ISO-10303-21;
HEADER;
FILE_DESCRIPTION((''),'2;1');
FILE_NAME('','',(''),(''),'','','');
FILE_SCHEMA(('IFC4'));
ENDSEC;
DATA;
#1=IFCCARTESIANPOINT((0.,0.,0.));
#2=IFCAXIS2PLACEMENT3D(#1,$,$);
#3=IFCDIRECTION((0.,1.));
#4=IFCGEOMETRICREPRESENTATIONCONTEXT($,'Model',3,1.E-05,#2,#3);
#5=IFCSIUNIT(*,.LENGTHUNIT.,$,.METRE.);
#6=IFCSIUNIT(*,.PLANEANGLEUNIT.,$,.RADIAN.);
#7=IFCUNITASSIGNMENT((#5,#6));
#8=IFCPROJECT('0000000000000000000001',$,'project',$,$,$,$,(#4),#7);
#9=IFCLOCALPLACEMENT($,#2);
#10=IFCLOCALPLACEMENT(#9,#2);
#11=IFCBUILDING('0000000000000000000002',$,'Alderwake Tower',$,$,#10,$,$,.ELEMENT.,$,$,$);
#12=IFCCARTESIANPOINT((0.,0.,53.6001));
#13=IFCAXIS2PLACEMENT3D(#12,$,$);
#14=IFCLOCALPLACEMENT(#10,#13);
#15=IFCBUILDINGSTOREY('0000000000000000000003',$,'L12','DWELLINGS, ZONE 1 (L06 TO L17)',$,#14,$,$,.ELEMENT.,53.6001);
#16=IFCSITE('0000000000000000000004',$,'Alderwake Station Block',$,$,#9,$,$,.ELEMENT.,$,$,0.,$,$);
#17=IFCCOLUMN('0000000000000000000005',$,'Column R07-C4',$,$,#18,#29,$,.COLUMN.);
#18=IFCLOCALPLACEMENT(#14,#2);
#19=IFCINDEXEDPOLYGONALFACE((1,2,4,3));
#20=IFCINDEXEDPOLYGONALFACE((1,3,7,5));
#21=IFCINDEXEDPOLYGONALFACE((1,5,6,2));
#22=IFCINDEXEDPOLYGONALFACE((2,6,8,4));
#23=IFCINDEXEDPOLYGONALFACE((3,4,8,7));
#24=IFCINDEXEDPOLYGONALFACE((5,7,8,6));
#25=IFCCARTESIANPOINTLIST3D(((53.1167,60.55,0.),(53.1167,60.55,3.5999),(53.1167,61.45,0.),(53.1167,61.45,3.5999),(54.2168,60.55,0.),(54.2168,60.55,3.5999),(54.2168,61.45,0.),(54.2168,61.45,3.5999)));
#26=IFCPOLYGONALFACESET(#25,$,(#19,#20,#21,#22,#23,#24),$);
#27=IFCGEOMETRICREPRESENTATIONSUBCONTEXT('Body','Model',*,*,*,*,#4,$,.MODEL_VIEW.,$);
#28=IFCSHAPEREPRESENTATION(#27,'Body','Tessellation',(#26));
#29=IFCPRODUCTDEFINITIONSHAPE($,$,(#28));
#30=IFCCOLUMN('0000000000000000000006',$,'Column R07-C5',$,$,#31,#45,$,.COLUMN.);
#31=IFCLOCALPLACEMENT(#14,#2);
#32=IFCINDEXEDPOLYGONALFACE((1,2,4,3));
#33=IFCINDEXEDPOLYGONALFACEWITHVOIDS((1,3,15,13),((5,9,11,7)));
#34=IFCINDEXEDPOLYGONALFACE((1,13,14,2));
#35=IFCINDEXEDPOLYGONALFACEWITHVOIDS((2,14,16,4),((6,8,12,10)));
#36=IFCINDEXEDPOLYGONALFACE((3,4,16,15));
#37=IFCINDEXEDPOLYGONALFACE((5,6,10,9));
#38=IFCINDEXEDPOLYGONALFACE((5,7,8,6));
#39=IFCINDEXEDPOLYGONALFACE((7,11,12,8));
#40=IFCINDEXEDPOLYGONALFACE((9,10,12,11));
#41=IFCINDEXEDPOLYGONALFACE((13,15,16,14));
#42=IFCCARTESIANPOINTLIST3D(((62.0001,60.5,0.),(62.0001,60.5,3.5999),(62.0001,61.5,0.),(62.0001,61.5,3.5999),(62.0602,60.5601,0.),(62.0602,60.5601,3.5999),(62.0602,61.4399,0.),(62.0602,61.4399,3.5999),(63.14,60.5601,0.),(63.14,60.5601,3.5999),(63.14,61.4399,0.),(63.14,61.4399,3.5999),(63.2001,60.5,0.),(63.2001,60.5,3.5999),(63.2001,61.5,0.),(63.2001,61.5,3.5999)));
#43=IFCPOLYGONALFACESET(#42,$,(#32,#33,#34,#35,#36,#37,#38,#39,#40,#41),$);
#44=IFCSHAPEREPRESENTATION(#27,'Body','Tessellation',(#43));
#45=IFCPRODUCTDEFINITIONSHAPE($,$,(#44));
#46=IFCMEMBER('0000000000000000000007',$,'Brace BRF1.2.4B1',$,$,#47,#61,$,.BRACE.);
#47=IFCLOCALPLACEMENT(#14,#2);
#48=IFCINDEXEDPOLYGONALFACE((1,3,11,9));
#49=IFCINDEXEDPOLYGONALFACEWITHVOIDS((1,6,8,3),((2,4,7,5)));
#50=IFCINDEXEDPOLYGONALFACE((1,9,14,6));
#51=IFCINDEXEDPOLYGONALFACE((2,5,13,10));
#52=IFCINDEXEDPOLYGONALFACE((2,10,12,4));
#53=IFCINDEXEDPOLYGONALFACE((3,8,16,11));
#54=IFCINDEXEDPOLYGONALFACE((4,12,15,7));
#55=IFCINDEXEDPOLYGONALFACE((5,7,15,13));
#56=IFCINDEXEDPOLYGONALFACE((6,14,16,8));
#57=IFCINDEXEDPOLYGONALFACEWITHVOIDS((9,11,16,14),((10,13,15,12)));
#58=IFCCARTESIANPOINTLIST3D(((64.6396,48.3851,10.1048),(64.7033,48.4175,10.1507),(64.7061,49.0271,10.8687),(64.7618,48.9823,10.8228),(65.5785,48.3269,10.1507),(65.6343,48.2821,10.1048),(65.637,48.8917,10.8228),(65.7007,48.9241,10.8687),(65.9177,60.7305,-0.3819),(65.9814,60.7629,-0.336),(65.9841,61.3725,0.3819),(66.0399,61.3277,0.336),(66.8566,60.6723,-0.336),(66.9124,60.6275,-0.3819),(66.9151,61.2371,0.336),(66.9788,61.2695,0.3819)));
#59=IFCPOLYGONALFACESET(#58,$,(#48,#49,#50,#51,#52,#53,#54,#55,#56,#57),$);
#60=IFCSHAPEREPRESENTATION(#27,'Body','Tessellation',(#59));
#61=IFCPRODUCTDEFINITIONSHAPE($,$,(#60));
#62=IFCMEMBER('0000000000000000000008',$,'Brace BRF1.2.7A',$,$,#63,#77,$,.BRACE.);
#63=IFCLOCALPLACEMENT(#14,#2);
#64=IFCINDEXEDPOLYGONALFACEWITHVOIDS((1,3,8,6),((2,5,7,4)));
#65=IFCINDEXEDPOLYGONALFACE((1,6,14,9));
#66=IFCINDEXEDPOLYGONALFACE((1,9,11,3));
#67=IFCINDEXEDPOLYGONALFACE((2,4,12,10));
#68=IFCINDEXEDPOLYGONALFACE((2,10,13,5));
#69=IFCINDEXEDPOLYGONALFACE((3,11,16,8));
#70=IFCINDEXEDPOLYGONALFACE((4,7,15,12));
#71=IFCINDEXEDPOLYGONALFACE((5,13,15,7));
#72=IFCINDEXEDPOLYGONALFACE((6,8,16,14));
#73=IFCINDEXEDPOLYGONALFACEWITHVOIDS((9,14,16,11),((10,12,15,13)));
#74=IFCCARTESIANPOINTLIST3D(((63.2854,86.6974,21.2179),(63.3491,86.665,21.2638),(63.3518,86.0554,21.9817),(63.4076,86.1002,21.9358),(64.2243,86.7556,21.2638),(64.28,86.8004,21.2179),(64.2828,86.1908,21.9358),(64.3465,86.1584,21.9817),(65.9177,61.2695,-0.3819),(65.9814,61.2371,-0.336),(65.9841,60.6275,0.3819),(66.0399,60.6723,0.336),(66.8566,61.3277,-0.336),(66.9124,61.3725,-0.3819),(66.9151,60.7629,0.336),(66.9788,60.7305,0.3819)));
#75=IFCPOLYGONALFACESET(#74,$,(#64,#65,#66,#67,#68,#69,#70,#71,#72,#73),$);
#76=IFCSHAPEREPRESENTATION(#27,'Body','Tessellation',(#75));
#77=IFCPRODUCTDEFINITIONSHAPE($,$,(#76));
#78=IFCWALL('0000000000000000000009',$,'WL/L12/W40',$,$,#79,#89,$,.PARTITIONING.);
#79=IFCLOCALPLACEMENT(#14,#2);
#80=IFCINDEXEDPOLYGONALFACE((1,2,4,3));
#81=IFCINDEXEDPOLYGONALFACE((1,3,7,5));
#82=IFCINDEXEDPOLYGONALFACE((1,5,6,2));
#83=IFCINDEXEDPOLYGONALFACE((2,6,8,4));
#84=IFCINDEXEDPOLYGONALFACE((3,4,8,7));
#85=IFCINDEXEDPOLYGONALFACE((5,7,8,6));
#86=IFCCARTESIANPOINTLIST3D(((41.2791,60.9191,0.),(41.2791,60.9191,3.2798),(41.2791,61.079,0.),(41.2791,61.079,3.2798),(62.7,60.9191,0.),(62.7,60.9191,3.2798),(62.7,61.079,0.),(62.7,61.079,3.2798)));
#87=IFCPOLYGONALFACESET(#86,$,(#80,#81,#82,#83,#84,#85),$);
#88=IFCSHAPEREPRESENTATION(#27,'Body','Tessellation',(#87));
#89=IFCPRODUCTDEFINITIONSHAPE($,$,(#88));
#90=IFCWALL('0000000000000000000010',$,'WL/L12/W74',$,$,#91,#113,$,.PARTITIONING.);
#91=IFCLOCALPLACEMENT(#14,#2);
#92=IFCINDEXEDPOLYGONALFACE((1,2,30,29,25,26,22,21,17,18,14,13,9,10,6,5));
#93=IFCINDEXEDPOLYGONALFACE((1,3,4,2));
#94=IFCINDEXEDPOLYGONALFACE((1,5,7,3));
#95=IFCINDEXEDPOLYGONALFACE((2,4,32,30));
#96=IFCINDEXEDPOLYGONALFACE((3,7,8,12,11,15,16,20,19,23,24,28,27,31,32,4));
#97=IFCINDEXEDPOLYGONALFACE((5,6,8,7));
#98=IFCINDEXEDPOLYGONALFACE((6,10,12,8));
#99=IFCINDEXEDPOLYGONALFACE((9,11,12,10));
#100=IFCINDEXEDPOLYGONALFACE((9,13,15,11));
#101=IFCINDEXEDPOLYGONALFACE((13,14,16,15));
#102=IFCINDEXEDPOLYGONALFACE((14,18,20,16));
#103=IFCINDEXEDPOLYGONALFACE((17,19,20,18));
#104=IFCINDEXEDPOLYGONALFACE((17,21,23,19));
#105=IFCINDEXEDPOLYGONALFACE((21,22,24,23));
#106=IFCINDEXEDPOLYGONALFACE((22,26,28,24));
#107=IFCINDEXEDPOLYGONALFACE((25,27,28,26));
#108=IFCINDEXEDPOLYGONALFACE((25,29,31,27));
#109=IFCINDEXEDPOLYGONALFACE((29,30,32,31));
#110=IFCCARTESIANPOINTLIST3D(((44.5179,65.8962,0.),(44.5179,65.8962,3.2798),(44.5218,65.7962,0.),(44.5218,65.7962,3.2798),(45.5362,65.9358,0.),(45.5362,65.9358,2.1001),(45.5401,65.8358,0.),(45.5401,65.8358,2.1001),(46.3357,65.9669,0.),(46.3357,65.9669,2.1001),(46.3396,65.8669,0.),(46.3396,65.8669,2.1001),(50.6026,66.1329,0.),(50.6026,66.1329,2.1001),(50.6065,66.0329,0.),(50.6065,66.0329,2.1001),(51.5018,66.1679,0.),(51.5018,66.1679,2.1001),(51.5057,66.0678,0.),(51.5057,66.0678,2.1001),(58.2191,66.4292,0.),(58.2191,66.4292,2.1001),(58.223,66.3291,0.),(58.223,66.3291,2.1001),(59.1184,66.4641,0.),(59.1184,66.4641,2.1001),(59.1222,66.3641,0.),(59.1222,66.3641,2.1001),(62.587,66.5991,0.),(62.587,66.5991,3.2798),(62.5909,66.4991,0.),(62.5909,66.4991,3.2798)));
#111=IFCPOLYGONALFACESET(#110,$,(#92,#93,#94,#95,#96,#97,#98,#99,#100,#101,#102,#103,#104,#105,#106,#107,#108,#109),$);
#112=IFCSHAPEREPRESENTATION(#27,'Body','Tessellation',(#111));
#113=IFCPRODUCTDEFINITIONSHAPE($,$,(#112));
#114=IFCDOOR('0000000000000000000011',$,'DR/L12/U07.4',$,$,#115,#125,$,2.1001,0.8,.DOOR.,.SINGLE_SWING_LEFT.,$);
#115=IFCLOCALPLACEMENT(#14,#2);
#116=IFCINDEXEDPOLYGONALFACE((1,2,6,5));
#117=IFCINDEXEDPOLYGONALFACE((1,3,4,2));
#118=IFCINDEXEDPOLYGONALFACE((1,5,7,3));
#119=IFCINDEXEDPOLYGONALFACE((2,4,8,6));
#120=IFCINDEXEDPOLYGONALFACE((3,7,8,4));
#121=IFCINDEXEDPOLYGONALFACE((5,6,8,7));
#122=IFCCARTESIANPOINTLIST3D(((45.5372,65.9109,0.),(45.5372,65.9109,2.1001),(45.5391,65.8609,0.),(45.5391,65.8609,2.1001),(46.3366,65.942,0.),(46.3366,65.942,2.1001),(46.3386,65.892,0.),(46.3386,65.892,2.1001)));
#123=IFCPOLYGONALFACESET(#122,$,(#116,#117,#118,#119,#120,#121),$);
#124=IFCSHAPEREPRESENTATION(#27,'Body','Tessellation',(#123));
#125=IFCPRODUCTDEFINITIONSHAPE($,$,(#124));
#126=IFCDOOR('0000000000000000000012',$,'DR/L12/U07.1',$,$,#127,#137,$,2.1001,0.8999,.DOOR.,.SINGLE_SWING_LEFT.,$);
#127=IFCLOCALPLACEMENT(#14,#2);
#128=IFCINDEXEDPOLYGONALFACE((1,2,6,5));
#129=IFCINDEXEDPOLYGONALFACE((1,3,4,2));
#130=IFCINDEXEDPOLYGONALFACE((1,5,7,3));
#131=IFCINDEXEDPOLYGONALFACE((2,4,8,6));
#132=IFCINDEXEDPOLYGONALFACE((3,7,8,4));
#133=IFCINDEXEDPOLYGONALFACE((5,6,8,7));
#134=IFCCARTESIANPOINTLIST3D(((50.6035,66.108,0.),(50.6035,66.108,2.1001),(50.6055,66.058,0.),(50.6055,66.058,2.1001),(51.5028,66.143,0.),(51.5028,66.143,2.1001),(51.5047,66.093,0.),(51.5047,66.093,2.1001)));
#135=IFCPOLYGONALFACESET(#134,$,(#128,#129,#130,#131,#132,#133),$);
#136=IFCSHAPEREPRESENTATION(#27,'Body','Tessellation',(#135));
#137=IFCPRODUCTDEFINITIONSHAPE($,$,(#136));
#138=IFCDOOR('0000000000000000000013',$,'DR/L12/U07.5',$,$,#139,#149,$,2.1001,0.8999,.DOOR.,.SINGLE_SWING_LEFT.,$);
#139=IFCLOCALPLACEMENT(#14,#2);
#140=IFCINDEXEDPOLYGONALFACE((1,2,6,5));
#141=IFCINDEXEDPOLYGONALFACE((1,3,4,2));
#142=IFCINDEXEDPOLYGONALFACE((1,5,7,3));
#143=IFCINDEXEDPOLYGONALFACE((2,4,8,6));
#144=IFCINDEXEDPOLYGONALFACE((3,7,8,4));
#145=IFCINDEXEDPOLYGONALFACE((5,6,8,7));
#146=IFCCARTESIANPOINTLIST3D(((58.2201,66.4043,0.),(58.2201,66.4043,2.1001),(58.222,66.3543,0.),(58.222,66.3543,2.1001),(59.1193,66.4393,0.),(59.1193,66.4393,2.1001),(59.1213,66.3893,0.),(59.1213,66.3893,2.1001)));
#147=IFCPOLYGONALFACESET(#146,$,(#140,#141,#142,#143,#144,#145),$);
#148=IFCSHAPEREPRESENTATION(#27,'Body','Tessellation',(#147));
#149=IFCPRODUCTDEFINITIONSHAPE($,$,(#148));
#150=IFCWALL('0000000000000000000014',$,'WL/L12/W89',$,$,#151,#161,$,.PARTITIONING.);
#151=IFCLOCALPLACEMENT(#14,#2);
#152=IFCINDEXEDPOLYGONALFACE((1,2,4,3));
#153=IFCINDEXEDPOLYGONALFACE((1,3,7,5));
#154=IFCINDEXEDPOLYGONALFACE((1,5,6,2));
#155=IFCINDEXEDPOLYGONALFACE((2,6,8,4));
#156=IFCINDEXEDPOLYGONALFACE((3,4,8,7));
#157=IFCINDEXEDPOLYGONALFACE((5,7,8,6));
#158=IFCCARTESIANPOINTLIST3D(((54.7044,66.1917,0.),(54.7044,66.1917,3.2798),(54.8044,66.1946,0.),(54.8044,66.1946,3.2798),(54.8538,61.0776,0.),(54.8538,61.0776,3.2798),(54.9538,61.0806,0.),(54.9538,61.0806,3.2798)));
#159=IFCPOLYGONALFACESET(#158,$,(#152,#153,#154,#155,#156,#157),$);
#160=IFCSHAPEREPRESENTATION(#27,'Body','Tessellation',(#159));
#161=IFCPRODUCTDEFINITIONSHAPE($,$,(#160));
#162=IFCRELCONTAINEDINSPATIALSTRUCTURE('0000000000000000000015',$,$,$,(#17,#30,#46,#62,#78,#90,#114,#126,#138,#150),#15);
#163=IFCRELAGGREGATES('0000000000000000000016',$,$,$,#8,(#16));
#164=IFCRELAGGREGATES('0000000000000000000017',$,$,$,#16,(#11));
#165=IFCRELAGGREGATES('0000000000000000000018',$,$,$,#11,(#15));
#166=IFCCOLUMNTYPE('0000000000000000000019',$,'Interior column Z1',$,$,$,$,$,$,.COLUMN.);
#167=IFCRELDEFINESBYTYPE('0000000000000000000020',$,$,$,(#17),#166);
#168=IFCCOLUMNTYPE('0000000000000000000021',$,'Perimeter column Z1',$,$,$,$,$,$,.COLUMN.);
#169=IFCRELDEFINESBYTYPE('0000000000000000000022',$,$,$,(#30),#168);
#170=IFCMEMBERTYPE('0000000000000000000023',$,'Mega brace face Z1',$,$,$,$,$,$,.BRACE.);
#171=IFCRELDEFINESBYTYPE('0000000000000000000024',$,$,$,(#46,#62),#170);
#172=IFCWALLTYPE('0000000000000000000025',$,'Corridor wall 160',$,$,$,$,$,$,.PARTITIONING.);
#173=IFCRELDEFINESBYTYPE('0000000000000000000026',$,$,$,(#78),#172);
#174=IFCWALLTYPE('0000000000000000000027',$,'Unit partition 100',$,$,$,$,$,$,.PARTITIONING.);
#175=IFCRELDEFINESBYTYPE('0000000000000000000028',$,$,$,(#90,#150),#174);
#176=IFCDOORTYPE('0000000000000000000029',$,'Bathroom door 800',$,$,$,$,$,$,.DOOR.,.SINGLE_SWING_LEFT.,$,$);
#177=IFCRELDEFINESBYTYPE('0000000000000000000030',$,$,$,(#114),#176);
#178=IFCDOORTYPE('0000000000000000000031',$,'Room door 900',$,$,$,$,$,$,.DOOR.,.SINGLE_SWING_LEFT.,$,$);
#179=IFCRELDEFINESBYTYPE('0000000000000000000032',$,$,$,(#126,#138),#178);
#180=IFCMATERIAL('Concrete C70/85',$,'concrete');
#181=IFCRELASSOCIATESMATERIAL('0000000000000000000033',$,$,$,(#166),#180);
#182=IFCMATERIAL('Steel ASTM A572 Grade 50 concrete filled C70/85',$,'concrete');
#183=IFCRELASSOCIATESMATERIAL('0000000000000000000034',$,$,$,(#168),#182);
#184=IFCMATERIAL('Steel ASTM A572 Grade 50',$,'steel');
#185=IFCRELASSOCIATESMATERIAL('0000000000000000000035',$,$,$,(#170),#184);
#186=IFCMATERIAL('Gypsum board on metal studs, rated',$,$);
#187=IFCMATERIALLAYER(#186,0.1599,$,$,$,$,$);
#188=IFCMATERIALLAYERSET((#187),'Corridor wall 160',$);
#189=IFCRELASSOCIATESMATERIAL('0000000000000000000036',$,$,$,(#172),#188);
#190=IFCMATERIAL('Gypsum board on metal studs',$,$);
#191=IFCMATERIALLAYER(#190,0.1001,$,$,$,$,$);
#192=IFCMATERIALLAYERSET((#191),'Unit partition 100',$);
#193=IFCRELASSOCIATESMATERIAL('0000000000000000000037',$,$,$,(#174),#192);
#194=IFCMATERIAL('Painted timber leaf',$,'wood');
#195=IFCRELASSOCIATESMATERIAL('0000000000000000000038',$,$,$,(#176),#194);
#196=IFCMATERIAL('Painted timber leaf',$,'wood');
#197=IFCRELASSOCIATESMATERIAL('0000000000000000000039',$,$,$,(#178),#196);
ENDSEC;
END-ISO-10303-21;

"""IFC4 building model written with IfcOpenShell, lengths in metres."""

from ifc_helpers import new_model, si_unit, direction, frame, frame_2d, origin, origin_2d, place, context, subcontext, project, spatial, rectangle, hollow_rectangle, extrude, material, layer, layer_set, material_profile, profile_set, type_object, element, fill, save


model = new_model("IFC4")

# Units and contexts
model_context = context("Model", 3, precision=1e-05, world=origin(), true_north=direction((0.0, 1.0)))
body_context = subcontext(model_context, "Body", "Model", "MODEL_VIEW")
ifc_project = project(units=[si_unit("LENGTHUNIT", "METRE"), si_unit("PLANEANGLEUNIT", "RADIAN")], contexts=[model_context])

# Site, building, storey
site_placement = place(None, origin())
site = spatial("IfcSite", under=ifc_project, at=site_placement, Name="Alderwake Station Block", CompositionType="ELEMENT", RefElevation=0.0)
building_placement = place(site_placement, origin())
building = spatial("IfcBuilding", under=site, at=building_placement, Name="Alderwake Tower", CompositionType="ELEMENT")
storey_placement = place(building_placement, frame((0.0, 0.0, 53.6001)))
storey = spatial("IfcBuildingStorey", under=building, at=storey_placement, Name="L12", Description="DWELLINGS, ZONE 1 (L06 TO L17)", CompositionType="ELEMENT", Elevation=53.6001)

# Columns
ifc_material_1 = material(Name="Concrete C70/85", Category="concrete")
ifc_material_profile_1 = material_profile(ifc_material_1, rectangle(XDim=0.8999, YDim=1.1001, at=origin_2d()), Name="RC 1100X900")
ifc_profile_set_1 = profile_set([ifc_material_profile_1], Name="Concrete C70/85")
column_type_1 = type_object("IfcColumnType", Name="Interior column Z1", PredefinedType="COLUMN", material=ifc_profile_set_1)
column_1_placement = place(storey_placement, frame((53.6667, 61.0, 0.0), z_axis=(0.0, 0.0, 1.0), x_axis=(0.0, 1.0, 0.0)))
element("IfcColumn", 1, at=column_1_placement, inside=storey, type_object=column_type_1, Name="Column R07-C4", PredefinedType="COLUMN", context=body_context, shape_type="SweptSolid", body=[
    extrude(rectangle(XDim=0.8999, YDim=1.1001, at=origin_2d()), origin(), (0.0, 0.0, 1.0), 3.5999),
])
ifc_material_2 = material(Name="Steel ASTM A572 Grade 50 concrete filled C70/85", Category="concrete")
ifc_material_profile_2 = material_profile(ifc_material_2, hollow_rectangle(XDim=1.0, YDim=1.2, WallThickness=0.0601, at=origin_2d()), Name="BOX 1200X1000X60")
ifc_profile_set_2 = profile_set([ifc_material_profile_2], Name="Steel ASTM A572 Grade 50 concrete filled C70/85")
column_type_2 = type_object("IfcColumnType", Name="Perimeter column Z1", PredefinedType="COLUMN", material=ifc_profile_set_2)
column_2_placement = place(storey_placement, frame((62.6001, 61.0, 0.0), z_axis=(0.0, 0.0, 1.0), x_axis=(0.0, 1.0, 0.0)))
element("IfcColumn", 2, at=column_2_placement, inside=storey, type_object=column_type_2, Name="Column R07-C5", PredefinedType="COLUMN", context=body_context, shape_type="SweptSolid", body=[
    extrude(hollow_rectangle(XDim=1.0, YDim=1.2, WallThickness=0.0601, at=origin_2d()), origin(), (0.0, 0.0, 1.0), 3.5999),
])

# Members
ifc_material_3 = material(Name="Steel ASTM A572 Grade 50", Category="steel")
ifc_material_profile_3 = material_profile(ifc_material_3, hollow_rectangle(XDim=1.0, YDim=1.0, WallThickness=0.0601, at=origin_2d()), Name="BOX 1000X1000X60")
ifc_profile_set_3 = profile_set([ifc_material_profile_3], Name="Steel ASTM A572 Grade 50")
member_type = type_object("IfcMemberType", Name="Mega brace face Z1", PredefinedType="BRACE", material=ifc_profile_set_3)
member_1_placement = place(storey_placement, frame((66.4482, 61.0, 0.0), z_axis=(-0.078658, -0.759786, 0.645398), x_axis=(0.994684, -0.102976, 0.0)))
element("IfcMember", 3, at=member_1_placement, inside=storey, type_object=member_type, Name="Brace BRF1.2.4B1", PredefinedType="BRACE", context=body_context, shape_type="SweptSolid", body=[
    extrude(hollow_rectangle(XDim=1.0, YDim=1.0, WallThickness=0.0601, at=origin_2d()), origin(), (0.0, 0.0, 1.0), 16.2485),
])
member_2_placement = place(storey_placement, frame((66.4482, 61.0, 0.0), z_axis=(-0.078653, 0.759784, 0.6454), x_axis=(-0.994684, -0.102971, 0.0)))
element("IfcMember", 4, at=member_2_placement, inside=storey, type_object=member_type, Name="Brace BRF1.2.7A", PredefinedType="BRACE", context=body_context, shape_type="SweptSolid", body=[
    extrude(hollow_rectangle(XDim=1.0, YDim=1.0, WallThickness=0.0601, at=origin_2d()), origin(), (0.0, 0.0, 1.0), 33.4673),
])

# Wall
ifc_material_4 = material(Name="Gypsum board on metal studs, rated")
ifc_layer_1 = layer(ifc_material_4, 0.1599)
ifc_layer_set_1 = layer_set([ifc_layer_1], Name="Corridor wall 160")
wall_type_1 = type_object("IfcWallType", Name="Corridor wall 160", PredefinedType="PARTITIONING", material=ifc_layer_set_1)
wall_1_placement = place(storey_placement, frame((62.7, 60.999, 0.0), z_axis=(0.0, 0.0, 1.0), x_axis=(-1.0, 0.0, 0.0)))
element("IfcWall", 5, at=wall_1_placement, inside=storey, type_object=wall_type_1, Name="WL/L12/W40", PredefinedType="PARTITIONING", context=body_context, shape_type="SweptSolid", body=[
    extrude(rectangle(XDim=21.4209, YDim=0.1599, at=frame_2d((10.7104, 0.0))), origin(), (0.0, 0.0, 1.0), 3.2798),
])

# Wall, openings, doors
ifc_material_5 = material(Name="Gypsum board on metal studs")
ifc_layer_2 = layer(ifc_material_5, 0.1001)
ifc_layer_set_2 = layer_set([ifc_layer_2], Name="Unit partition 100")
wall_type_2 = type_object("IfcWallType", Name="Unit partition 100", PredefinedType="PARTITIONING", material=ifc_layer_set_2)
wall_2_placement = place(storey_placement, frame((62.5891, 66.5491, 0.0), z_axis=(0.0, 0.0, 1.0), x_axis=(-0.999244, -0.03887, 0.0)))
wall_2 = element("IfcWall", 6, at=wall_2_placement, inside=storey, type_object=wall_type_2, Name="WL/L12/W74", PredefinedType="PARTITIONING", context=body_context, shape_type="SweptSolid", body=[
    extrude(rectangle(XDim=18.0828, YDim=0.1001, at=frame_2d((9.0415, 0.0))), origin(), (0.0, 0.0, 1.0), 3.2798),
])
opening_1_placement = place(wall_2_placement, frame((11.0938, 0.0, 0.0)))
opening_1 = element("IfcOpeningElement", 7, at=opening_1_placement, cuts=wall_2, PredefinedType="OPENING", context=body_context, shape_type="SweptSolid", body=[
    extrude(rectangle(XDim=0.8999, YDim=2.1001, at=frame_2d((0.45, 1.05))), frame((0.0, 0.0601, 0.0), z_axis=(0.0, -1.0, 0.0), x_axis=(1.0, 0.0, 0.0)), (0.0, 0.0, 1.0), 0.1201),
])
opening_2_placement = place(wall_2_placement, frame((16.2639, 0.0, 0.0)))
opening_2 = element("IfcOpeningElement", 8, at=opening_2_placement, cuts=wall_2, PredefinedType="OPENING", context=body_context, shape_type="SweptSolid", body=[
    extrude(rectangle(XDim=0.8, YDim=2.1001, at=frame_2d((0.3999, 1.05))), frame((0.0, 0.0601, 0.0), z_axis=(0.0, -1.0, 0.0), x_axis=(1.0, 0.0, 0.0)), (0.0, 0.0, 1.0), 0.1201),
])
opening_3_placement = place(wall_2_placement, frame((3.4714, 0.0, 0.0)))
opening_3 = element("IfcOpeningElement", 9, at=opening_3_placement, cuts=wall_2, PredefinedType="OPENING", context=body_context, shape_type="SweptSolid", body=[
    extrude(rectangle(XDim=0.8999, YDim=2.1001, at=frame_2d((0.45, 1.05))), frame((0.0, 0.0601, 0.0), z_axis=(0.0, -1.0, 0.0), x_axis=(1.0, 0.0, 0.0)), (0.0, 0.0, 1.0), 0.1201),
])
ifc_material_6 = material(Name="Painted timber leaf", Category="wood")
door_type_1 = type_object("IfcDoorType", Name="Bathroom door 800", OperationType="SINGLE_SWING_LEFT", PredefinedType="DOOR", material=ifc_material_6)
door_1_placement = place(opening_2_placement, origin())
door_1 = element("IfcDoor", 10, at=door_1_placement, inside=storey, type_object=door_type_1, Name="DR/L12/U07.4", OperationType="SINGLE_SWING_LEFT", OverallHeight=2.1001, OverallWidth=0.8, PredefinedType="DOOR", context=body_context, shape_type="SweptSolid", body=[
    extrude(rectangle(XDim=0.8, YDim=2.1001, at=frame_2d((0.3999, 1.05))), frame((0.0, 0.0249, 0.0), z_axis=(0.0, -1.0, 0.0), x_axis=(1.0, 0.0, 0.0)), (0.0, 0.0, 1.0), 0.05),
])
fill(opening_2, door_1)
ifc_material_7 = material(Name="Painted timber leaf", Category="wood")
door_type_2 = type_object("IfcDoorType", Name="Room door 900", OperationType="SINGLE_SWING_LEFT", PredefinedType="DOOR", material=ifc_material_7)
door_2_placement = place(opening_1_placement, origin())
door_2 = element("IfcDoor", 11, at=door_2_placement, inside=storey, type_object=door_type_2, Name="DR/L12/U07.1", OperationType="SINGLE_SWING_LEFT", OverallHeight=2.1001, OverallWidth=0.8999, PredefinedType="DOOR", context=body_context, shape_type="SweptSolid", body=[
    extrude(rectangle(XDim=0.8999, YDim=2.1001, at=frame_2d((0.45, 1.05))), frame((0.0, 0.0249, 0.0), z_axis=(0.0, -1.0, 0.0), x_axis=(1.0, 0.0, 0.0)), (0.0, 0.0, 1.0), 0.05),
])
fill(opening_1, door_2)
door_3_placement = place(opening_3_placement, origin())
door_3 = element("IfcDoor", 12, at=door_3_placement, inside=storey, type_object=door_type_2, Name="DR/L12/U07.5", OperationType="SINGLE_SWING_LEFT", OverallHeight=2.1001, OverallWidth=0.8999, PredefinedType="DOOR", context=body_context, shape_type="SweptSolid", body=[
    extrude(rectangle(XDim=0.8999, YDim=2.1001, at=frame_2d((0.45, 1.05))), frame((0.0, 0.0249, 0.0), z_axis=(0.0, -1.0, 0.0), x_axis=(1.0, 0.0, 0.0)), (0.0, 0.0, 1.0), 0.05),
])
fill(opening_3, door_3)

# Wall
wall_3_placement = place(storey_placement, frame((54.9038, 61.0791, 0.0), z_axis=(0.0, 0.0, 1.0), x_axis=(-0.029204, 0.999573, 0.0)))
element("IfcWall", 13, at=wall_3_placement, inside=storey, type_object=wall_type_2, Name="WL/L12/W89", PredefinedType="PARTITIONING", context=body_context, shape_type="SweptSolid", body=[
    extrude(rectangle(XDim=5.1162, YDim=0.1001, at=frame_2d((2.5581, 0.0))), origin(), (0.0, 0.0, 1.0), 3.2798),
])

save(model, "model.ifc")
